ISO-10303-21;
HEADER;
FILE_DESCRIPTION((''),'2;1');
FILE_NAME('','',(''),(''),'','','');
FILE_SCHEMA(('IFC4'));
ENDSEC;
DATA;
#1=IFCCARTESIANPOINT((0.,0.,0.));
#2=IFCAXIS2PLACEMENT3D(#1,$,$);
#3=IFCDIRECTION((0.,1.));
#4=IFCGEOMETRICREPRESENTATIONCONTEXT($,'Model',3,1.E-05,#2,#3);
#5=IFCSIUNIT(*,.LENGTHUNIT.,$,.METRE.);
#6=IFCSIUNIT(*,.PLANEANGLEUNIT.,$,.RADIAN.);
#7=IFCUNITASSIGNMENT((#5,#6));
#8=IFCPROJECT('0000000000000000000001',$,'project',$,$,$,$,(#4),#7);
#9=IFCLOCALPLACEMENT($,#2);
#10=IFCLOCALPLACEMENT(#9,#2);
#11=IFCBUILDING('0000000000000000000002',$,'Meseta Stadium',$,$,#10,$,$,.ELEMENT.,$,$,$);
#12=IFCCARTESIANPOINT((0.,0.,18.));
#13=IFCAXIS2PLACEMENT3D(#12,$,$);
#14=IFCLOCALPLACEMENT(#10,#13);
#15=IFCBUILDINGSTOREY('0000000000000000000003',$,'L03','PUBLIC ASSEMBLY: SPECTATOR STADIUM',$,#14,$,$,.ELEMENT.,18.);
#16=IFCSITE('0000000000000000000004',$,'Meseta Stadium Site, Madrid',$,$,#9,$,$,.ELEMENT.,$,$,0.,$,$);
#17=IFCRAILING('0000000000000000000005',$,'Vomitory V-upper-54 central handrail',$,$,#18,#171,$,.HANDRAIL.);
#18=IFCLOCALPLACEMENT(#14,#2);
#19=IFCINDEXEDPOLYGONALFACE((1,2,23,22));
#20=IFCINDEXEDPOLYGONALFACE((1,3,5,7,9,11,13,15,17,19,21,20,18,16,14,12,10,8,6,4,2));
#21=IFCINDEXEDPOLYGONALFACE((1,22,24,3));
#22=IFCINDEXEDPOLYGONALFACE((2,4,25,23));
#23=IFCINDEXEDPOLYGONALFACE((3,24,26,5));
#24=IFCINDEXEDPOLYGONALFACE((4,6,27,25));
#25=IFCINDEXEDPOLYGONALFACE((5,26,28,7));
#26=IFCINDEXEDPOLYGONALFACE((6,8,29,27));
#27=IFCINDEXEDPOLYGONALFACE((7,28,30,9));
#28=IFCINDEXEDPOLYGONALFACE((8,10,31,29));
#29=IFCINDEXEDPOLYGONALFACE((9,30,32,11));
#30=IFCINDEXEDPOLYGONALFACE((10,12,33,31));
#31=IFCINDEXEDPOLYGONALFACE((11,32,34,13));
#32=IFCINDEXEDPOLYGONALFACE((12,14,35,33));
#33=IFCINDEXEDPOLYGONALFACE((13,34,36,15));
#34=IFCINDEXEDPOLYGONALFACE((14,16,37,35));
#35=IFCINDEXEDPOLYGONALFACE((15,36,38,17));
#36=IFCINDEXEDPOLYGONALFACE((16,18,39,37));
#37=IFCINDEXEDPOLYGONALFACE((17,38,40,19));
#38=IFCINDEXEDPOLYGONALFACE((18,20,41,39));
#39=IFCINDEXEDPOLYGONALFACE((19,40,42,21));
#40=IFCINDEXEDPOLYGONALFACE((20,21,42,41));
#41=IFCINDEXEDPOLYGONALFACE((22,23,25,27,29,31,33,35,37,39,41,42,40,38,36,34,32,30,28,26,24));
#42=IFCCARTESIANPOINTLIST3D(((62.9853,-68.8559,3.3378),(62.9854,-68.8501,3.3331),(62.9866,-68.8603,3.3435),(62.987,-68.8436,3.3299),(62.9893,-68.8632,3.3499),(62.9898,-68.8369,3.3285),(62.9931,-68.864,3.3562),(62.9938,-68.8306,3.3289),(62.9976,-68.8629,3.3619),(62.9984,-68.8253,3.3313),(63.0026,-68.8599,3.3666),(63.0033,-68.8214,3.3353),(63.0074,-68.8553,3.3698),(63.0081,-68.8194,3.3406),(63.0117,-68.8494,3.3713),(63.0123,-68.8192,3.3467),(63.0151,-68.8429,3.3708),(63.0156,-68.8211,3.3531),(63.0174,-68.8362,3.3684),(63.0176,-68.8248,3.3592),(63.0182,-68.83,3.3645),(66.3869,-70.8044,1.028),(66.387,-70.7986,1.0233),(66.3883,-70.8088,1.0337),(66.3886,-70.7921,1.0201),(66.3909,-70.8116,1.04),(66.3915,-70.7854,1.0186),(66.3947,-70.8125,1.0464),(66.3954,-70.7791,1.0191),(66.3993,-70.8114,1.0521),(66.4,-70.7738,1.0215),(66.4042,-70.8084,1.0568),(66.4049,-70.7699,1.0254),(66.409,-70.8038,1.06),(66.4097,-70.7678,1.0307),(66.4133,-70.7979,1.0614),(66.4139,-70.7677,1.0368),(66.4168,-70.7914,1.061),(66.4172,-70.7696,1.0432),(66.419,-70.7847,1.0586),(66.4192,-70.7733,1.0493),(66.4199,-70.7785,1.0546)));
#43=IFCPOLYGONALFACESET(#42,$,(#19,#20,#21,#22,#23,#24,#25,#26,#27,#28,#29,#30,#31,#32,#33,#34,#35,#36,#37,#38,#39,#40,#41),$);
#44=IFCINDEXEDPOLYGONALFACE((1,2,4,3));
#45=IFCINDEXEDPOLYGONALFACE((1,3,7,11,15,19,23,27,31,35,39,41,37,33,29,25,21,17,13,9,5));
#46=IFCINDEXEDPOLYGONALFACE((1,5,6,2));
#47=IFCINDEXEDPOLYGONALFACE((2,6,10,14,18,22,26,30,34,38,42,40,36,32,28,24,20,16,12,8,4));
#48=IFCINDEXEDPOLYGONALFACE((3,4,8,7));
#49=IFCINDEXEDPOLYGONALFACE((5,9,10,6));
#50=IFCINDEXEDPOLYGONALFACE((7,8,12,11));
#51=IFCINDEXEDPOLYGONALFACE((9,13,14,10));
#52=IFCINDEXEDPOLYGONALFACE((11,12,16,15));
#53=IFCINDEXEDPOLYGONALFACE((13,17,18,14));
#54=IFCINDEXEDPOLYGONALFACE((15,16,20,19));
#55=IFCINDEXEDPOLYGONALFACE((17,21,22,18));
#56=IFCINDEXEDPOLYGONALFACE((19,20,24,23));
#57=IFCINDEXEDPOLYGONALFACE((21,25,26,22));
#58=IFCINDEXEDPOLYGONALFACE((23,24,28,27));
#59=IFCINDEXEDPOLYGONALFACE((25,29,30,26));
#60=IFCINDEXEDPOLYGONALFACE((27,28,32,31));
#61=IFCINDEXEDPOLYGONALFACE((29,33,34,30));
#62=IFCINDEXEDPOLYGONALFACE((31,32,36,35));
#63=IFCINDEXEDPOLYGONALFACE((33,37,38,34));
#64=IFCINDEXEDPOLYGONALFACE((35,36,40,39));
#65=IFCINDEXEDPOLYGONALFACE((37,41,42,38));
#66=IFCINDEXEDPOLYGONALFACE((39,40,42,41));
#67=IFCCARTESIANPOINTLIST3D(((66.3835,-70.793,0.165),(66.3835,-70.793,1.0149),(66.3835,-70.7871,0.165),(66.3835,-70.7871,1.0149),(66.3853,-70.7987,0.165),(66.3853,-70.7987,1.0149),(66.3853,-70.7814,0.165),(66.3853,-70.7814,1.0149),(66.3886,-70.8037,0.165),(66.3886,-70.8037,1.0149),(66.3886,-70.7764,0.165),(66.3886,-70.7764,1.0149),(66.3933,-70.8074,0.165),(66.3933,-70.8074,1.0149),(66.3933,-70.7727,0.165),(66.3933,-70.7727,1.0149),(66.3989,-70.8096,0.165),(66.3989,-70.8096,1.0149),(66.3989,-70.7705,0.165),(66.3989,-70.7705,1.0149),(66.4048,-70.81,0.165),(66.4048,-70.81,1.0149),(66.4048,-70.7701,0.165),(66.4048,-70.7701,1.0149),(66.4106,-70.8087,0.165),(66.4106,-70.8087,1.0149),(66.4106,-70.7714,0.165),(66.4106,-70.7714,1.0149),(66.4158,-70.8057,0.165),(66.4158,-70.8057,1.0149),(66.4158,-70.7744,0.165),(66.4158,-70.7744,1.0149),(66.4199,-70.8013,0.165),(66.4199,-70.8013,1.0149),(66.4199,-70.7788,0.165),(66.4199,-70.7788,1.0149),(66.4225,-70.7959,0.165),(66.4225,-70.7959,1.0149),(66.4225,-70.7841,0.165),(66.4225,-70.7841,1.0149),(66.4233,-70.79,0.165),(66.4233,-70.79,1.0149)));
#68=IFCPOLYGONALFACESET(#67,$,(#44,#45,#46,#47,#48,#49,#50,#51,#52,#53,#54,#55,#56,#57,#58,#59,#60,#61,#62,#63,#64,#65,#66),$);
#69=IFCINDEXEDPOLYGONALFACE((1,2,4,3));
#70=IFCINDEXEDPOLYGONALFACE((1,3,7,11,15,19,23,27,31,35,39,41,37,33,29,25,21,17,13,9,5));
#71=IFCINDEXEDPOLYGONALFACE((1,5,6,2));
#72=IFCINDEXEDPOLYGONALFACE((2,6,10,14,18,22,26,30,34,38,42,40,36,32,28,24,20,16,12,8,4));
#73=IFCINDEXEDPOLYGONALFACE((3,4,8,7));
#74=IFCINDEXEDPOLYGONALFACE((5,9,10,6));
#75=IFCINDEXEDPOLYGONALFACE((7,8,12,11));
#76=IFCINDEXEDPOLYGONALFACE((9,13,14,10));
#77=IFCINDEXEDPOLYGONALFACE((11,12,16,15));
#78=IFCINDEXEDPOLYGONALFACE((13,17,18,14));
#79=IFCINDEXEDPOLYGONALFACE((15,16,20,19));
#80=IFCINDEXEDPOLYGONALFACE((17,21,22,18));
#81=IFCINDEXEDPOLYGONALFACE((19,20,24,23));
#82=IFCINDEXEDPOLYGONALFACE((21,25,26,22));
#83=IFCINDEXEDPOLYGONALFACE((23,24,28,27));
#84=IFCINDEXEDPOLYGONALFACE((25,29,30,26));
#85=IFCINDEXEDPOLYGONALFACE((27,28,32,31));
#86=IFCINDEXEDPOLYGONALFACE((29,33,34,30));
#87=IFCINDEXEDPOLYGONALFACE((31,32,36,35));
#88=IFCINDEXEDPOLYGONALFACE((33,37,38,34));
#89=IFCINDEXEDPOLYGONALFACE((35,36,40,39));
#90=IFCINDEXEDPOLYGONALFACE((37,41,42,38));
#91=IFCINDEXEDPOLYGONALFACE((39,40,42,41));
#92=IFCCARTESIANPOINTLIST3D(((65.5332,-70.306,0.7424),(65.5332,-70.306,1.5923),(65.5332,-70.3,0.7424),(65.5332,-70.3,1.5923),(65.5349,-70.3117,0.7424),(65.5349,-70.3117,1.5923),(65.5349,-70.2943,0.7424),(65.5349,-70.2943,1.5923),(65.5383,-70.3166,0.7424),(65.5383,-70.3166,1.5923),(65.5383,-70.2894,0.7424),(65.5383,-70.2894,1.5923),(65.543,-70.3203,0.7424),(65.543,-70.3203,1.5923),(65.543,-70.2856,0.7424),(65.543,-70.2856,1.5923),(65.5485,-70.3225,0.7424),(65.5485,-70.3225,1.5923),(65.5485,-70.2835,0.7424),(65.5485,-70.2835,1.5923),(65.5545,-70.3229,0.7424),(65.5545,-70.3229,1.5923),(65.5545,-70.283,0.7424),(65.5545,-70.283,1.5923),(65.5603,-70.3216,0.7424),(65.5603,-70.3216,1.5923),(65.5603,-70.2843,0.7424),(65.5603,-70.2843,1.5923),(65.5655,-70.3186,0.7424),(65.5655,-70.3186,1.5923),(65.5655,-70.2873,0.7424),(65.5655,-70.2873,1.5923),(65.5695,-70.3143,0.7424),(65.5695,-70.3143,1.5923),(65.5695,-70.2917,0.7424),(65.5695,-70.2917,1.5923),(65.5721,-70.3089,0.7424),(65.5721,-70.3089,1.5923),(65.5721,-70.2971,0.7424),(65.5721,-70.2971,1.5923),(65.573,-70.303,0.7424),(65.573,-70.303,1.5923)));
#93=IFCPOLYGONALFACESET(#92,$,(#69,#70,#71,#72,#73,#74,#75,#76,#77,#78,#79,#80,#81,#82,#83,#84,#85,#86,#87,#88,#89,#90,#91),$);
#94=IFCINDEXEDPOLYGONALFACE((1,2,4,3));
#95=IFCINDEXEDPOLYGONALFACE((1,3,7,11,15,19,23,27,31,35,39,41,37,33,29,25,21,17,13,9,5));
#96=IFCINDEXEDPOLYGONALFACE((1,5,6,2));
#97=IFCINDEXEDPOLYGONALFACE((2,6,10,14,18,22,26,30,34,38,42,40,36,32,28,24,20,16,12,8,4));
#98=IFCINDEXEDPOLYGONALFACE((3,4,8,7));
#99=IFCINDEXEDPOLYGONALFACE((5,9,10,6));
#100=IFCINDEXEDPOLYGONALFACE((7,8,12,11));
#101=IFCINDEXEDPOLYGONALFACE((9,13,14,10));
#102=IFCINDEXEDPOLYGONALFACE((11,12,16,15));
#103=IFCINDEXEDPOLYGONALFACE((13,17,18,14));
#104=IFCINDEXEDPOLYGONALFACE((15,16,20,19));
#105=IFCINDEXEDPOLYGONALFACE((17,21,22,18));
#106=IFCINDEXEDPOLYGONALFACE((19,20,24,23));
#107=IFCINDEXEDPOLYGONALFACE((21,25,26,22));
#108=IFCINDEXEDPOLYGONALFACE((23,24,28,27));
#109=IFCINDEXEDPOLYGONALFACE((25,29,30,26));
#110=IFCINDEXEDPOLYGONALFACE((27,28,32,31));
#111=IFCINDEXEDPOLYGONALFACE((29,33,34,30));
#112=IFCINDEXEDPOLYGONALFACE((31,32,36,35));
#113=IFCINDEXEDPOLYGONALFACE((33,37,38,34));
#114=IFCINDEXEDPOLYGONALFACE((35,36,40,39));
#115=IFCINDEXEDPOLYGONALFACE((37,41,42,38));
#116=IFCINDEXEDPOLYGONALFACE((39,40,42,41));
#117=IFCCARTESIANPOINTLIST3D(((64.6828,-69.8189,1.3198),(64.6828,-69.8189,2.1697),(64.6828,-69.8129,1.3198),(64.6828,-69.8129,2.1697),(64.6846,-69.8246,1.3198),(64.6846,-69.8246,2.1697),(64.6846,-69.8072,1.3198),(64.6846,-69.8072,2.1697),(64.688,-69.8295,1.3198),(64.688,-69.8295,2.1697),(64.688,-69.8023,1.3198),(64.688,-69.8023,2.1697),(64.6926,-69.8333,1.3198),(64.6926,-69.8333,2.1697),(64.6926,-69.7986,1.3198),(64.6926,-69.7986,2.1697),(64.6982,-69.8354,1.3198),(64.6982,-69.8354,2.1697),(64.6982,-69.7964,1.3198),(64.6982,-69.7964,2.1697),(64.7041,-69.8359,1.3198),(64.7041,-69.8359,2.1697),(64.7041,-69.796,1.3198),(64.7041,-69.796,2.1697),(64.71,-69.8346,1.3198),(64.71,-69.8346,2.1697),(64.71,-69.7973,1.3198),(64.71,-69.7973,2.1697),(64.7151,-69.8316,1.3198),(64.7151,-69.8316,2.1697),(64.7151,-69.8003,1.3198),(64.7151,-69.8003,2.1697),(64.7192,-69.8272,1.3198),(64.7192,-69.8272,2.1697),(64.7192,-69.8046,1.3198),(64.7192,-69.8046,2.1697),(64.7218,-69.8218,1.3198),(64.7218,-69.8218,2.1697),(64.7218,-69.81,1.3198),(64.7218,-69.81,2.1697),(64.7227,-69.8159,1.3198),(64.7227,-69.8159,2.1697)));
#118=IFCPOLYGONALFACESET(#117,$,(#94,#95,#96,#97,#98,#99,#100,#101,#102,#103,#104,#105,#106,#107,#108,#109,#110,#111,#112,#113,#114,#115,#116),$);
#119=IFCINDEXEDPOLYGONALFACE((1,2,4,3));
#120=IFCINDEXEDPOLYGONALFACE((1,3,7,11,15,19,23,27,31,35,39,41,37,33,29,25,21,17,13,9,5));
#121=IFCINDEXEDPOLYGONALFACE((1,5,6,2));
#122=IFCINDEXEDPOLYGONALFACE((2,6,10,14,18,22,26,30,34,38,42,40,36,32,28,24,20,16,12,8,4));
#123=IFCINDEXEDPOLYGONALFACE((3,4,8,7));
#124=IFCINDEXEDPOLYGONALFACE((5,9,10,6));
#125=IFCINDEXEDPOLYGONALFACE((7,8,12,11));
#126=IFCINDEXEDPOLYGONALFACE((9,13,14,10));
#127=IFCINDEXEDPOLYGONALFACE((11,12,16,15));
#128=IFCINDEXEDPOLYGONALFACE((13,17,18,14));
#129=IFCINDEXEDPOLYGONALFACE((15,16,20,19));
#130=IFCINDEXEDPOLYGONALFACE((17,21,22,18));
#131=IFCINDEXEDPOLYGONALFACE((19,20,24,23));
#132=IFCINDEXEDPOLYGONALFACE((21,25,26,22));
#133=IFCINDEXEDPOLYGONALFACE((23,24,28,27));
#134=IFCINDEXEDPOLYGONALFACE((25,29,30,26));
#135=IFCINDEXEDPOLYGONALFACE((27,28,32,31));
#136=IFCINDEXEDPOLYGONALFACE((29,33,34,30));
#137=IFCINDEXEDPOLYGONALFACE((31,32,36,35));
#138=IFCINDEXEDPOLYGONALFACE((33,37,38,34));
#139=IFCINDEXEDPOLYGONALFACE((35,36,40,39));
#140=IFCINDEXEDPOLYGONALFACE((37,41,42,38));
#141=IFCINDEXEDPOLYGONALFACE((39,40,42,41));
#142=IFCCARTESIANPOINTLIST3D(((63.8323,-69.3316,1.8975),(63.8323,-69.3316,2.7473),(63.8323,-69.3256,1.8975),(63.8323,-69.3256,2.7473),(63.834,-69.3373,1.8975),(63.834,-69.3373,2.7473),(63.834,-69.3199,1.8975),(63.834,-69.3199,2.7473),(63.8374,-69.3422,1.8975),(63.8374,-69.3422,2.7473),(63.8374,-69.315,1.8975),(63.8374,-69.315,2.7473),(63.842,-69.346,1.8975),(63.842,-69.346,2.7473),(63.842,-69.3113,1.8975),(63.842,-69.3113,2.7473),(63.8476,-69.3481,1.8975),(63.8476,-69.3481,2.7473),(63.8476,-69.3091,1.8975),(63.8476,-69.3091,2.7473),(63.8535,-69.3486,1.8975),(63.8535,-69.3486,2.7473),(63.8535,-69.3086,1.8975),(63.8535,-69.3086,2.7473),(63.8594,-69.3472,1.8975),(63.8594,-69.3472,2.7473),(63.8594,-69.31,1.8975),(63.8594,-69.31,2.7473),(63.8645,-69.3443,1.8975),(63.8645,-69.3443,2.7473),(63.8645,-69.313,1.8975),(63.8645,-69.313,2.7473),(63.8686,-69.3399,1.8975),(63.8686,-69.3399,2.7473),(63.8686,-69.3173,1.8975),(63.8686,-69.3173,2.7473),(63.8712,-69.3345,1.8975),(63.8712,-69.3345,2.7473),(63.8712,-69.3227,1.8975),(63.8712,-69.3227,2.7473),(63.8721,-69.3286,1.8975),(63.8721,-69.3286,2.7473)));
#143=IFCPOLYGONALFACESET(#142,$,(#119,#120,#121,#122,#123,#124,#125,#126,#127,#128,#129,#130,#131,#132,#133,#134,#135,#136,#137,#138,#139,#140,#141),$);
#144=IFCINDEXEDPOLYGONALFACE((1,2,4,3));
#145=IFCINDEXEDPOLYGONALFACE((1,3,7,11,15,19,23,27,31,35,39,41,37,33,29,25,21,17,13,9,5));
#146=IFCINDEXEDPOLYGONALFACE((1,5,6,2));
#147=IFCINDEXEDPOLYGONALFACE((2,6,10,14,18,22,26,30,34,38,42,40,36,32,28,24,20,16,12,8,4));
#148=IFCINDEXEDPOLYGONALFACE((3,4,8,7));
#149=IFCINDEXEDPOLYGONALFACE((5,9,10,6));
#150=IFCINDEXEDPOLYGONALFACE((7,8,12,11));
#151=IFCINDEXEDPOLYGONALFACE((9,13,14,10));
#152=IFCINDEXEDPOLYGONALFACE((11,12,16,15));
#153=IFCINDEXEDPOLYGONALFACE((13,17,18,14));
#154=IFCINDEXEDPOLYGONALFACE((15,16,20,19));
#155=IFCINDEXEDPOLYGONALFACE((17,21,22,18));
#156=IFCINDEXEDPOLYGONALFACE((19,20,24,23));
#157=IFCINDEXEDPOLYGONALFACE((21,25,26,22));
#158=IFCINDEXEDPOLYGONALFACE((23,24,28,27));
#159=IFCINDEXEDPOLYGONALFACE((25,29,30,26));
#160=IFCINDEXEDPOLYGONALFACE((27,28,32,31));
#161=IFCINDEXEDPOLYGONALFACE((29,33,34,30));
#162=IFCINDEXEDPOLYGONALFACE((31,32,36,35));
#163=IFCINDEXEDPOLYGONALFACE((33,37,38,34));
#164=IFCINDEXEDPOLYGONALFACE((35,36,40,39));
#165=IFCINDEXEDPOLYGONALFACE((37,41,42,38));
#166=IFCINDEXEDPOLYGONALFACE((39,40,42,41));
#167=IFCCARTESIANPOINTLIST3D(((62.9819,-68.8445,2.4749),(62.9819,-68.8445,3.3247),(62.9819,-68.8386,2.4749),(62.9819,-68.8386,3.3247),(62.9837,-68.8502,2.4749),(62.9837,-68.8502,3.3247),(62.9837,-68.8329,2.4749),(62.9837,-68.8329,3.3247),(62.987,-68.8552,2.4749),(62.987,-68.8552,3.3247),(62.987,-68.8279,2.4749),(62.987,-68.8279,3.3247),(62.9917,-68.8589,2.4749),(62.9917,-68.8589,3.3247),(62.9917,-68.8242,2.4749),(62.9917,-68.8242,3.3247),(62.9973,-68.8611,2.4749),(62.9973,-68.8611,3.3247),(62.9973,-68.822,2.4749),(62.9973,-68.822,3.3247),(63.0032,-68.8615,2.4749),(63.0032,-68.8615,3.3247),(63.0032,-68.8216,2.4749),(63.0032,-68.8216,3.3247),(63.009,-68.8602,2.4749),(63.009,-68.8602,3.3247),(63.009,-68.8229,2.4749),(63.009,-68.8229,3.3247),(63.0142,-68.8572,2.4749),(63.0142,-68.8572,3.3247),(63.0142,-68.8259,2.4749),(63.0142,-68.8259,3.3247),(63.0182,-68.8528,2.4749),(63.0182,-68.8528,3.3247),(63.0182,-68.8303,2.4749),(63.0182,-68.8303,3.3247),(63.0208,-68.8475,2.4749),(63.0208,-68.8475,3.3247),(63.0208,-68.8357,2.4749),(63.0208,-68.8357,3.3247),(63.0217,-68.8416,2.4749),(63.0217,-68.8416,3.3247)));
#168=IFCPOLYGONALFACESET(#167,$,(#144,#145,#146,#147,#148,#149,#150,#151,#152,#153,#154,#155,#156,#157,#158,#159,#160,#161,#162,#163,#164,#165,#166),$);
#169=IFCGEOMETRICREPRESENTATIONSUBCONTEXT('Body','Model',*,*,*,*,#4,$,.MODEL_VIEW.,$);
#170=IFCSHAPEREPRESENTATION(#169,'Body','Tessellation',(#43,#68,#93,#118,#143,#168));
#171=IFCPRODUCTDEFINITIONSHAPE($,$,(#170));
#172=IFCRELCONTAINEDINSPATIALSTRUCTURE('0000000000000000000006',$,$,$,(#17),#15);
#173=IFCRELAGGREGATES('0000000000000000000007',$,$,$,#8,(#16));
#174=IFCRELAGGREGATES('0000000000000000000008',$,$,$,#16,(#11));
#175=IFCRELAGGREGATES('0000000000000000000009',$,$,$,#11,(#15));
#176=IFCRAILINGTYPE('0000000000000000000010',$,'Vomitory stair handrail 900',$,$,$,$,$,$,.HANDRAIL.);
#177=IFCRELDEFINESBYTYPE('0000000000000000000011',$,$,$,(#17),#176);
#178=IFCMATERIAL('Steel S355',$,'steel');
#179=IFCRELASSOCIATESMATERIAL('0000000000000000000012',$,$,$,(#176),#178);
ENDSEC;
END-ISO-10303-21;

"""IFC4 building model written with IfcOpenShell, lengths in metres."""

from ifc_helpers import new_model, si_unit, direction, frame, origin, origin_2d, place, context, subcontext, project, spatial, circle, extrude, material, type_object, element, save


model = new_model("IFC4")

# Units and contexts
model_context = context("Model", 3, precision=1e-05, world=origin(), true_north=direction((0.0, 1.0)))
body_context = subcontext(model_context, "Body", "Model", "MODEL_VIEW")
ifc_project = project(units=[si_unit("LENGTHUNIT", "METRE"), si_unit("PLANEANGLEUNIT", "RADIAN")], contexts=[model_context])

# Site, building, storey
site_placement = place(None, origin())
site = spatial("IfcSite", under=ifc_project, at=site_placement, Name="Meseta Stadium Site, Madrid", CompositionType="ELEMENT", RefElevation=0.0)
building_placement = place(site_placement, origin())
building = spatial("IfcBuilding", under=site, at=building_placement, Name="Meseta Stadium", CompositionType="ELEMENT")
storey_placement = place(building_placement, frame((0.0, 0.0, 18.0)))
storey = spatial("IfcBuildingStorey", under=building, at=storey_placement, Name="L03", Description="PUBLIC ASSEMBLY: SPECTATOR STADIUM", CompositionType="ELEMENT", Elevation=18.0)

# Railing
ifc_material_1 = material(Name="Steel S355", Category="steel")
railing_type_1 = type_object("IfcRailingType", Name="Vomitory stair handrail 900", PredefinedType="HANDRAIL", material=ifc_material_1)
railing_1_placement = place(storey_placement, frame((66.4033, -70.79, 0.165)))
element("IfcRailing", 1, at=railing_1_placement, inside=storey, type_object=railing_type_1, Name="Vomitory V-upper-54 central handrail", PredefinedType="HANDRAIL", context=body_context, shape_type="SweptSolid", body=[
    extrude(circle(Radius=0.0249, at=origin_2d()), frame((0.0, 0.0, 0.875), z_axis=(-0.747601, 0.428236, 0.507648), x_axis=(-0.497044, -0.867725, 0.0)), (0.0, 0.0, 1.0), 4.55),
    extrude(circle(Radius=0.02, at=origin_2d()), origin(), (0.0, 0.0, 1.0), 0.8499),
    extrude(circle(Radius=0.02, at=origin_2d()), frame((-0.8503, 0.4871, 0.5774)), (0.0, 0.0, 1.0), 0.8499),
    extrude(circle(Radius=0.02, at=origin_2d()), frame((-1.7007, 0.9741, 1.1548)), (0.0, 0.0, 1.0), 0.8499),
    extrude(circle(Radius=0.02, at=origin_2d()), frame((-2.5513, 1.4614, 1.7324)), (0.0, 0.0, 1.0), 0.8499),
    extrude(circle(Radius=0.02, at=origin_2d()), frame((-3.4016, 1.9485, 2.3098)), (0.0, 0.0, 1.0), 0.8499),
])

save(model, "model.ifc")
